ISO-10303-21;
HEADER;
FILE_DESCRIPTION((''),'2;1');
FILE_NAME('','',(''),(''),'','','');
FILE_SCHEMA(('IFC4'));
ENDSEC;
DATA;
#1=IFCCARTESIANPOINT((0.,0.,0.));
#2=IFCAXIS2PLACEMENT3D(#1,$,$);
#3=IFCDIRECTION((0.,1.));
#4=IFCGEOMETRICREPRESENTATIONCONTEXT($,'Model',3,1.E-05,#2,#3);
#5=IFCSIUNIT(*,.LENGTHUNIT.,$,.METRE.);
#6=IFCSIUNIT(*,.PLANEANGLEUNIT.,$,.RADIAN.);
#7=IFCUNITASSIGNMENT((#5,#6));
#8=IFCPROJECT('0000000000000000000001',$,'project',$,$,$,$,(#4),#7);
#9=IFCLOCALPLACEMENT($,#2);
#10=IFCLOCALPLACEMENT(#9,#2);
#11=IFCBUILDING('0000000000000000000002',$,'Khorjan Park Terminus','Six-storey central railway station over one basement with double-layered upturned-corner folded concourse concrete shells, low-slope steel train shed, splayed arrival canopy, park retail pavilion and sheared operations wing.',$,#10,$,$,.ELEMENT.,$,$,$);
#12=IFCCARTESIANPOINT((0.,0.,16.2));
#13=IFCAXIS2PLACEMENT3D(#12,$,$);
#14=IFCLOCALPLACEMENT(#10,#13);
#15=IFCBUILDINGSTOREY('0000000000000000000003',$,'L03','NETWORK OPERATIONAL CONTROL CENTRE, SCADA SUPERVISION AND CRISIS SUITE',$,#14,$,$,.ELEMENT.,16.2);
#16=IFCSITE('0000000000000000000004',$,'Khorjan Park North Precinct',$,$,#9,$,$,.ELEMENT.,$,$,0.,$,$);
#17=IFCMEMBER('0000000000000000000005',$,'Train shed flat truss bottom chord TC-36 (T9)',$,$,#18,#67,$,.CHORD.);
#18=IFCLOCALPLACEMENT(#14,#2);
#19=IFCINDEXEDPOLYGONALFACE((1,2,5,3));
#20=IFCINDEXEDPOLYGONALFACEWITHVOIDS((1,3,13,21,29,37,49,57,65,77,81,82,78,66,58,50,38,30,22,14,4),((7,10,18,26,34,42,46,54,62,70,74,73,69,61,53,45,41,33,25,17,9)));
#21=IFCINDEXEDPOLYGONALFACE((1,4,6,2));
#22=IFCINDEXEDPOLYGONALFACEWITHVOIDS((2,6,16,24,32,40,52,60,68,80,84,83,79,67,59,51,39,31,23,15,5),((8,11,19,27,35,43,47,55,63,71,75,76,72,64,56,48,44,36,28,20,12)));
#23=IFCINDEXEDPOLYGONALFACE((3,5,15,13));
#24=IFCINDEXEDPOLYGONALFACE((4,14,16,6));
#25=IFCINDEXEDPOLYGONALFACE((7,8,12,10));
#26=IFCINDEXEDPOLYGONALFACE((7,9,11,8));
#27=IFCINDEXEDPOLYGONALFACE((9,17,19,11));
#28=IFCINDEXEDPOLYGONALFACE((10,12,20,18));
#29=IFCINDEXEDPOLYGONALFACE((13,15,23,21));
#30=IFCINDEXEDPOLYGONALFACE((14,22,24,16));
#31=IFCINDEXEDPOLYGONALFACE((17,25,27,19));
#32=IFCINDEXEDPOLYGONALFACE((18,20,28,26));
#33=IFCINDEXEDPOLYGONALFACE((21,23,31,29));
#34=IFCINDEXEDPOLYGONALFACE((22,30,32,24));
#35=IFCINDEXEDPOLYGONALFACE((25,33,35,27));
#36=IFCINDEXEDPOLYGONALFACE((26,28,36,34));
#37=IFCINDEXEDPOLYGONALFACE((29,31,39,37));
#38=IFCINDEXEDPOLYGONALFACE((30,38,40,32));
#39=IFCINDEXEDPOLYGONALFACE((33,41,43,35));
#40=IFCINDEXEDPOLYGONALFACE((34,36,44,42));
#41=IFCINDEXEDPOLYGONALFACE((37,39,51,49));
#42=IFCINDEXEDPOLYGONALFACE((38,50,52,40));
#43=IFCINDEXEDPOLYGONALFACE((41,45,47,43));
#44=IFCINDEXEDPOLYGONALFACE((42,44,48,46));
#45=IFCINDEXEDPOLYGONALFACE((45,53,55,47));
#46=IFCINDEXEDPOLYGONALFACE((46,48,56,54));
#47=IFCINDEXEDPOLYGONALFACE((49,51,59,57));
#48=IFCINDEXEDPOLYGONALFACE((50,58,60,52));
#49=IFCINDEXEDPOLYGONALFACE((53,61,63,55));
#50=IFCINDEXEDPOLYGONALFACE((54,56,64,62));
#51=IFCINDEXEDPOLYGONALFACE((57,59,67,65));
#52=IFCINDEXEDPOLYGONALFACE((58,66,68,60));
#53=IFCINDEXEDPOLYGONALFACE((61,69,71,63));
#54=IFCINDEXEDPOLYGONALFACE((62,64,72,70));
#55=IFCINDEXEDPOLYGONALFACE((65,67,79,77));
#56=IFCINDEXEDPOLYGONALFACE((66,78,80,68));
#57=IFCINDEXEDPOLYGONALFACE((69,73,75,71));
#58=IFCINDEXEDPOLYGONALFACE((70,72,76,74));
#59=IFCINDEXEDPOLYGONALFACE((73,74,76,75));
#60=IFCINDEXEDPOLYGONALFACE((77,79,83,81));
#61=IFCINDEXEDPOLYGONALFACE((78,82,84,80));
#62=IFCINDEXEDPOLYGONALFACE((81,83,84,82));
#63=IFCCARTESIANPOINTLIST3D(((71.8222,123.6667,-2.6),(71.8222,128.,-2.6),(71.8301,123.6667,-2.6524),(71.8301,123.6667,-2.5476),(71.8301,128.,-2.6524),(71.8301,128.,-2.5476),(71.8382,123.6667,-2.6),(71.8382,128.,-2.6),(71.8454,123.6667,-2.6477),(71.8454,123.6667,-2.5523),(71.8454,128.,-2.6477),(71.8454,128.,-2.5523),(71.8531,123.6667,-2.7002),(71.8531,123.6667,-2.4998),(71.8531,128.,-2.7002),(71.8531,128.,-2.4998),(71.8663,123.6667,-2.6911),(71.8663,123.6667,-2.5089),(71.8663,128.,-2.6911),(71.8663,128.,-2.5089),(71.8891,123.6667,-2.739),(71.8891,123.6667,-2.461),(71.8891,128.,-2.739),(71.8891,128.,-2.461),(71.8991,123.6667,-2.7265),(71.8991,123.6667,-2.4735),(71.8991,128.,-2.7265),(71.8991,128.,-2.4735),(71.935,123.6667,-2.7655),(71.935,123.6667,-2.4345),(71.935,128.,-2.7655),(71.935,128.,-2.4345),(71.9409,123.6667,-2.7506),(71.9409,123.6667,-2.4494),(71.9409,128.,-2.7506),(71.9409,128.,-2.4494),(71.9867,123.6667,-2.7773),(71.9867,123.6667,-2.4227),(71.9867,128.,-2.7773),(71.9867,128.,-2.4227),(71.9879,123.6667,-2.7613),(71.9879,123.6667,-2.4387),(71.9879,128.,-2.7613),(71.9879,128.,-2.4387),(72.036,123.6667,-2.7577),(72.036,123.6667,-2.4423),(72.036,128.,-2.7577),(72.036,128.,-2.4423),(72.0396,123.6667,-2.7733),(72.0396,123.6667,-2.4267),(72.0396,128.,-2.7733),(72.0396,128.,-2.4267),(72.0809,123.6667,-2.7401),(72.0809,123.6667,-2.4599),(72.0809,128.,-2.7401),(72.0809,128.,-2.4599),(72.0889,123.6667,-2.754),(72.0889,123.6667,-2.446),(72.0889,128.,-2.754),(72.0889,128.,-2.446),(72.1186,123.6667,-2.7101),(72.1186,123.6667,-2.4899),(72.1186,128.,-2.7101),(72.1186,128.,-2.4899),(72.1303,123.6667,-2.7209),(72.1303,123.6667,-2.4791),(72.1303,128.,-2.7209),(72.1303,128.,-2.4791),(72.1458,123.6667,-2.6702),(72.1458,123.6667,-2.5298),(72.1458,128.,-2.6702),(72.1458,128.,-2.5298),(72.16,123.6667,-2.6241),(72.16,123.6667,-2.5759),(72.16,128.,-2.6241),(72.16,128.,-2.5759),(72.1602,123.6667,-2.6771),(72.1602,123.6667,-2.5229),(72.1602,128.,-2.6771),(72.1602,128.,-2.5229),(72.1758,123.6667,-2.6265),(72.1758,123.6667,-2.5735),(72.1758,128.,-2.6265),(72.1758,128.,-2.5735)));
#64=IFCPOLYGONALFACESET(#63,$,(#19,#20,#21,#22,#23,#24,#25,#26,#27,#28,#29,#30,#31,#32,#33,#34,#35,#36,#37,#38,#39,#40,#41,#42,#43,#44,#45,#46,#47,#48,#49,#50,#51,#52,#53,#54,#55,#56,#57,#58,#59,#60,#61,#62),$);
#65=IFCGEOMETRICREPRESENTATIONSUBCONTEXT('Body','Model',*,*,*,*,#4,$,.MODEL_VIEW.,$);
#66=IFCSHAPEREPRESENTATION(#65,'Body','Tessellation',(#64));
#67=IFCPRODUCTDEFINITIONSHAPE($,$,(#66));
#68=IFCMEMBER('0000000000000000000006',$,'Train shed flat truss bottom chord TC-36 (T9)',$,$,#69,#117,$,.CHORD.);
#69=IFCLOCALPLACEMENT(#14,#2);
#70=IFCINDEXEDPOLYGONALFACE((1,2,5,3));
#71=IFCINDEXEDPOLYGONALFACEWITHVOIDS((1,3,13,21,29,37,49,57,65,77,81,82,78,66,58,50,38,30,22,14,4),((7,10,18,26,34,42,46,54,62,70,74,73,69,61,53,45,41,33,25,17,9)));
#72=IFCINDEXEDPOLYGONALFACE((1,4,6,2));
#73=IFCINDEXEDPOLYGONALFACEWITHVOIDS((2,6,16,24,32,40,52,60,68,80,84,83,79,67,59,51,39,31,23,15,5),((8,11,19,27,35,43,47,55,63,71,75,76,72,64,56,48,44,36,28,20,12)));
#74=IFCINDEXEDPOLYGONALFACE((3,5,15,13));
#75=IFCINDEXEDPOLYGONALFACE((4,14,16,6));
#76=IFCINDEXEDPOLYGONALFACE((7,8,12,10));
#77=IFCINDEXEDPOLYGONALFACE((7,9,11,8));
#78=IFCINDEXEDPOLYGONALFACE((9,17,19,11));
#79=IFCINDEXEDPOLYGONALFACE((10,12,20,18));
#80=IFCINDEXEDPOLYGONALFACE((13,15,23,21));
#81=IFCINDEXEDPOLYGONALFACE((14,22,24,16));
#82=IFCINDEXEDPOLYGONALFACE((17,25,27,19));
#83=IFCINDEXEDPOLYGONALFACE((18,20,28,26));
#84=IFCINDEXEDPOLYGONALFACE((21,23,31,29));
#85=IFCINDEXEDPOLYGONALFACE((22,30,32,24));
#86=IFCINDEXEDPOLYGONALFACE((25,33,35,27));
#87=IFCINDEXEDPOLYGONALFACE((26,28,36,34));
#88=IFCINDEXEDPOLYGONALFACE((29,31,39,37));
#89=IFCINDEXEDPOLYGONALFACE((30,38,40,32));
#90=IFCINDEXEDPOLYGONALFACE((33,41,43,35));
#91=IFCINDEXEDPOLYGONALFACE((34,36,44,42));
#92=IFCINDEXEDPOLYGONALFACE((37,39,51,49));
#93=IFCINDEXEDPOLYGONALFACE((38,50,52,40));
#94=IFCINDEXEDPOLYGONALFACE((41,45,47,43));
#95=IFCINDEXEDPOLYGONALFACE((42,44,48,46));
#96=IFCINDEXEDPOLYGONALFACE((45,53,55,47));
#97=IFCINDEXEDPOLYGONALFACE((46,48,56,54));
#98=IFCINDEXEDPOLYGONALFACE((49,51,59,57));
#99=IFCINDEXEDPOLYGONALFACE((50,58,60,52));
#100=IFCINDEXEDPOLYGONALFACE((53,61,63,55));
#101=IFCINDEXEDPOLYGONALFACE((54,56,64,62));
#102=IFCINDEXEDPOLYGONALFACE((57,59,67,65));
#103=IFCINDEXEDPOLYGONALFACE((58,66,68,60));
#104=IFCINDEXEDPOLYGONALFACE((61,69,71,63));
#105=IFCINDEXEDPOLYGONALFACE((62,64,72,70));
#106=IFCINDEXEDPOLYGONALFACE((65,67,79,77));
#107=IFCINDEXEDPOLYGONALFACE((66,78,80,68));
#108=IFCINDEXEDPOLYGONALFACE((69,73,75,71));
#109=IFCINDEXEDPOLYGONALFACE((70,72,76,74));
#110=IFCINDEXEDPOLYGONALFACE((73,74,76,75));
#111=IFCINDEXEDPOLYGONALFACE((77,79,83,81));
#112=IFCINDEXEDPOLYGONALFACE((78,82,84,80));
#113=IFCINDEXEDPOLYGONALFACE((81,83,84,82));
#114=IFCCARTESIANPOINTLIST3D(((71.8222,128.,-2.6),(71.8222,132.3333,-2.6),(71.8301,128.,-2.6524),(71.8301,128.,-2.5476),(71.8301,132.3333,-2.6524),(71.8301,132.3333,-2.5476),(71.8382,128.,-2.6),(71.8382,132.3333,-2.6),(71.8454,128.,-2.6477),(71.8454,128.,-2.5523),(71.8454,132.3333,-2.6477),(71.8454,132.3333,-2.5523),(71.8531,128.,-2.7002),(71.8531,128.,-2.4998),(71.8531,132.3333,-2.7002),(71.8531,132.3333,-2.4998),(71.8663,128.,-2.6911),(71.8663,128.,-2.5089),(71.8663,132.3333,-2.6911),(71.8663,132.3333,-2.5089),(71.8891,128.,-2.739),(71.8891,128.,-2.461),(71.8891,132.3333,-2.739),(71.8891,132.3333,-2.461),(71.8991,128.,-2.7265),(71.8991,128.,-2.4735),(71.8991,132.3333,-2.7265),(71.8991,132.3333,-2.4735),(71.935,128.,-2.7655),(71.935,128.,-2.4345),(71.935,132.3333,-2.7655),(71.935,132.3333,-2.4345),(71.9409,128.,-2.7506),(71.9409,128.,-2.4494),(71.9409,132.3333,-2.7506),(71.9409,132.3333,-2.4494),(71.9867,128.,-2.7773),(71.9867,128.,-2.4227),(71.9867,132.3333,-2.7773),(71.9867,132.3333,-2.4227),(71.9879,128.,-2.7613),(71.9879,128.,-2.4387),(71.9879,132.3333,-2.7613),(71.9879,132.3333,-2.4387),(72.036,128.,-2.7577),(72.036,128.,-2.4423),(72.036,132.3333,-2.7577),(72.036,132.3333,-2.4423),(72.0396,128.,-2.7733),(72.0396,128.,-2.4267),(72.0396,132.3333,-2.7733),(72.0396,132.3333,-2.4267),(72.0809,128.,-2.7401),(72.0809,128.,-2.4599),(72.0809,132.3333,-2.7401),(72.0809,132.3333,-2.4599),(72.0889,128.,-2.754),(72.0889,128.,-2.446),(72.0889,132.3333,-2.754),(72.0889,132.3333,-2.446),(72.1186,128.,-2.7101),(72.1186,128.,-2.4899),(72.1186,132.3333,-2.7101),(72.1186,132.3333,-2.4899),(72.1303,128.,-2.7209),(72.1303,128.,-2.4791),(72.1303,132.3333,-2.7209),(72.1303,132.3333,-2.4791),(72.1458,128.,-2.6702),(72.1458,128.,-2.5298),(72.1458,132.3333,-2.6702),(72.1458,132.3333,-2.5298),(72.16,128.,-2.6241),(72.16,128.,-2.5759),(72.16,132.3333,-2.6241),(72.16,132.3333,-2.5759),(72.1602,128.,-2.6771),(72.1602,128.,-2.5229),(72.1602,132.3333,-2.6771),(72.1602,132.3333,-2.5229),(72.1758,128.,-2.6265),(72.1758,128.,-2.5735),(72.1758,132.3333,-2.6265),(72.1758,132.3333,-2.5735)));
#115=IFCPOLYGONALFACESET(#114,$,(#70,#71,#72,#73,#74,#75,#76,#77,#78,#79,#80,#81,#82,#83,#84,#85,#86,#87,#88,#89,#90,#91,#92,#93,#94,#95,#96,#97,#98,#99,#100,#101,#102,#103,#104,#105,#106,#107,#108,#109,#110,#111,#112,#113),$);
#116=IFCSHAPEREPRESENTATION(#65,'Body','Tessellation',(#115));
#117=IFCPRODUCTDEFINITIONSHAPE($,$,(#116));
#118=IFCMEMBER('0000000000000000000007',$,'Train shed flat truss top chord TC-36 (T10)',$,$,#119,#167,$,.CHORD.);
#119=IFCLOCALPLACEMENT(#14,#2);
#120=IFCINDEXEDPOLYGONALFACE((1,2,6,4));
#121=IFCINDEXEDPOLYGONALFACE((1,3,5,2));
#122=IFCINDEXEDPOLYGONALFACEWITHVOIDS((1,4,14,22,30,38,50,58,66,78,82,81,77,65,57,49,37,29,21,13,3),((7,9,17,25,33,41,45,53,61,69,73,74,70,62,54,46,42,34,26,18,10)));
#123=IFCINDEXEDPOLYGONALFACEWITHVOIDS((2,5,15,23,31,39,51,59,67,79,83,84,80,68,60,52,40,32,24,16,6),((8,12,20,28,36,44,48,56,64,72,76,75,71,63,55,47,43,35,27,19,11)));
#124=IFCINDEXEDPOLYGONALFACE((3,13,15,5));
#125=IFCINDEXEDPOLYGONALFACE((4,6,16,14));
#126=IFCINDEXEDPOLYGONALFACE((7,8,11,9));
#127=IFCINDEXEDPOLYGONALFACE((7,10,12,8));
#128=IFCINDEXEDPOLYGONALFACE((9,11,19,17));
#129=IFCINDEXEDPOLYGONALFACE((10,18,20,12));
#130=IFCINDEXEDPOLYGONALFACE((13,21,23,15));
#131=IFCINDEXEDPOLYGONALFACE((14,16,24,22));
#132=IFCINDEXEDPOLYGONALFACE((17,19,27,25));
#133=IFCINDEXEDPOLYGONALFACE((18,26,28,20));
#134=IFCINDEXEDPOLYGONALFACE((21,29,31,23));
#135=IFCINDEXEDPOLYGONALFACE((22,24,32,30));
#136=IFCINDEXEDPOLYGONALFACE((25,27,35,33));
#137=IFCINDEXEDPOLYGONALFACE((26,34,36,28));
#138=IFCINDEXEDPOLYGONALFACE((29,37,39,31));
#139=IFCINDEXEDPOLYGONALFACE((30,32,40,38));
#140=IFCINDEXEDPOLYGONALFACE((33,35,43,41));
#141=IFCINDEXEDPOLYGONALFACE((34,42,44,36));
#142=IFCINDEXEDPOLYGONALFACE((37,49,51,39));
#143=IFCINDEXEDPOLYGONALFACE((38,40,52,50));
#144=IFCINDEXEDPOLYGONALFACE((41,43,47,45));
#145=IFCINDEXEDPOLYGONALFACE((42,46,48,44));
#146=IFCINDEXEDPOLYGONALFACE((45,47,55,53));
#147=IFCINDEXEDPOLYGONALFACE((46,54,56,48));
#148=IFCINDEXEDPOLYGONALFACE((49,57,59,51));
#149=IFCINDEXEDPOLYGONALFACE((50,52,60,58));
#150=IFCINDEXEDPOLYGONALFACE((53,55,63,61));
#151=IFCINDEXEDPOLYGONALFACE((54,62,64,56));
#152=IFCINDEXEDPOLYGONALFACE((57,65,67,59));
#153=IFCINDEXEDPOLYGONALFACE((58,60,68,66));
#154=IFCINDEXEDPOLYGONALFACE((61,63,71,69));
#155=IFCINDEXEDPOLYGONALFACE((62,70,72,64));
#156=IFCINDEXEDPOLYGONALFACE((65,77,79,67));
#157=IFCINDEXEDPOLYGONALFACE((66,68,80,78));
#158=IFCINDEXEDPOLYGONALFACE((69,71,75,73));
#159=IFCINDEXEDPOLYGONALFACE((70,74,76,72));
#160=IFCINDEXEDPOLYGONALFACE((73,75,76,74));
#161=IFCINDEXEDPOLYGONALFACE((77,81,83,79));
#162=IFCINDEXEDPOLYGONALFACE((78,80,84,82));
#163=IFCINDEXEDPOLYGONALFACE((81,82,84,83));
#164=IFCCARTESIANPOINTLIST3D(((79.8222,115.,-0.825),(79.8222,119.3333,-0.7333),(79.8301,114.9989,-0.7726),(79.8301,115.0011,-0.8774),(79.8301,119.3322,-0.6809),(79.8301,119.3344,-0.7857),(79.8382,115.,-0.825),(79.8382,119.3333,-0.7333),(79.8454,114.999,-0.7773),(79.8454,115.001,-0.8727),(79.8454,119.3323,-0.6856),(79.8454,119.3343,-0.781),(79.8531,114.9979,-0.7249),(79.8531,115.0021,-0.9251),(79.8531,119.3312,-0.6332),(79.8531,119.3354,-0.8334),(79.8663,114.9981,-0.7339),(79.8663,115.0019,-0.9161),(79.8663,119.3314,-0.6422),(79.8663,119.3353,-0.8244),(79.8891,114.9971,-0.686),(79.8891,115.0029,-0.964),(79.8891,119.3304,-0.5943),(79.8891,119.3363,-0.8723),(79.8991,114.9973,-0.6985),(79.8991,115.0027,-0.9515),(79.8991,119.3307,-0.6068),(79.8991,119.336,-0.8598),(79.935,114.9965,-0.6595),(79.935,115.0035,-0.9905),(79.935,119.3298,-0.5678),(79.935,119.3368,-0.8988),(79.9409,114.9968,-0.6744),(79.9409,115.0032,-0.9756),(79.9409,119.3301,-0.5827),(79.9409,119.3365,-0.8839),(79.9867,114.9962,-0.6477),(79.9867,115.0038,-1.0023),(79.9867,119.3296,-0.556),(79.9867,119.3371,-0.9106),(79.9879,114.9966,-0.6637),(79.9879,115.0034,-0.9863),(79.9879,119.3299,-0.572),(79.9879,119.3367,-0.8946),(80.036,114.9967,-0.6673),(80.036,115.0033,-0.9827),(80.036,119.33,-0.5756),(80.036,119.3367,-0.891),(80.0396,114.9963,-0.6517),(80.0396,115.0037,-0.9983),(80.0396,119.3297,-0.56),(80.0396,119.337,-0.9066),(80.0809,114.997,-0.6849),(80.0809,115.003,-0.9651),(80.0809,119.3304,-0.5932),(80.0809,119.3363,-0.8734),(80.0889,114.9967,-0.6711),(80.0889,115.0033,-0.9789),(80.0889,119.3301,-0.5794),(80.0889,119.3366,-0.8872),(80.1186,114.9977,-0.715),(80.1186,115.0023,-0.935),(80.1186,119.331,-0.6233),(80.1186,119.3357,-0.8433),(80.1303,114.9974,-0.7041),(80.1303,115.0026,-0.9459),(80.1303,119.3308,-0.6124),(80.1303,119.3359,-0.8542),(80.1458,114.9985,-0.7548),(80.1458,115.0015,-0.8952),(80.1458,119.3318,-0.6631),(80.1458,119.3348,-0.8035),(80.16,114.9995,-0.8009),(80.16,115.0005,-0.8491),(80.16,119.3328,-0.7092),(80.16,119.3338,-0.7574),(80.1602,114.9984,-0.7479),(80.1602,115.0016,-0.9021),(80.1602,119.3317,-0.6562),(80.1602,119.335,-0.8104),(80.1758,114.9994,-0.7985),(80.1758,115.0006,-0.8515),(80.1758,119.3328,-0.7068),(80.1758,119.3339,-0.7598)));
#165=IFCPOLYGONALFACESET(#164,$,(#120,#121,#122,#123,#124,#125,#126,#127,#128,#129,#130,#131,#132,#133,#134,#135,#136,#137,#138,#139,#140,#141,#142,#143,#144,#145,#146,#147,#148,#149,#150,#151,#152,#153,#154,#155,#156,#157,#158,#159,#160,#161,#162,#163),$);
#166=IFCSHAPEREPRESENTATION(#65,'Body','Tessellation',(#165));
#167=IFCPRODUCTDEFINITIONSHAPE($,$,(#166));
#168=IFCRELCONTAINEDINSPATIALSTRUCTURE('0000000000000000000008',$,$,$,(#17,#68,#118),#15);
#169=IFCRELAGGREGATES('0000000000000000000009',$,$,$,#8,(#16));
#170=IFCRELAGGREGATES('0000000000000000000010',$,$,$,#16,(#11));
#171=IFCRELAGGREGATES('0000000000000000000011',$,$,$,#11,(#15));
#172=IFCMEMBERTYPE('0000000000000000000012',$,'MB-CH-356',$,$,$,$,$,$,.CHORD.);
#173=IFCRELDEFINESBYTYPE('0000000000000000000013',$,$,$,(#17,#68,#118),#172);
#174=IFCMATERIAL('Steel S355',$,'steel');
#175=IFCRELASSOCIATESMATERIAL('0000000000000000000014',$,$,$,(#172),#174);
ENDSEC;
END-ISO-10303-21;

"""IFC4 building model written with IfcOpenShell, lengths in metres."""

from ifc_helpers import new_model, si_unit, direction, frame, origin, origin_2d, place, context, subcontext, project, spatial, hollow_circle, extrude, material, material_profile, profile_set, type_object, element, save


model = new_model("IFC4")

# Units and contexts
model_context = context("Model", 3, precision=1e-05, world=origin(), true_north=direction((0.0, 1.0)))
body_context = subcontext(model_context, "Body", "Model", "MODEL_VIEW")
ifc_project = project(units=[si_unit("LENGTHUNIT", "METRE"), si_unit("PLANEANGLEUNIT", "RADIAN")], contexts=[model_context])

# Site, building, storey
site_placement = place(None, origin())
site = spatial("IfcSite", under=ifc_project, at=site_placement, Name="Khorjan Park North Precinct", CompositionType="ELEMENT", RefElevation=0.0)
building_placement = place(site_placement, origin())
building = spatial("IfcBuilding", under=site, at=building_placement, Name="Khorjan Park Terminus", Description="Six-storey central railway station over one basement with double-layered upturned-corner folded concourse concrete shells, low-slope steel train shed, splayed arrival canopy, park retail pavilion and sheared operations wing.", CompositionType="ELEMENT")
storey_placement = place(building_placement, frame((0.0, 0.0, 16.2)))
storey = spatial("IfcBuildingStorey", under=building, at=storey_placement, Name="L03", Description="NETWORK OPERATIONAL CONTROL CENTRE, SCADA SUPERVISION AND CRISIS SUITE", CompositionType="ELEMENT", Elevation=16.2)

# Members
ifc_material = material(Name="Steel S355", Category="steel")
ifc_material_profile_1 = material_profile(ifc_material, hollow_circle(Radius=0.1778, WallThickness=0.016, at=origin_2d()), Name="CHS 355.6x16")
ifc_profile_set_1 = profile_set([ifc_material_profile_1], Name="Steel S355")
member_type_1 = type_object("IfcMemberType", Name="MB-CH-356", PredefinedType="CHORD", material=ifc_profile_set_1)
for number, where, z_axis, x_axis, name in (
    (1, (72.0, 123.6667, -2.6), (0.0, 1.0, 0.0), (-1.0, 0.0, 0.0), "Train shed flat truss bottom chord TC-36 (T9)"),
    (2, (72.0, 128.0, -2.6), (0.0, 1.0, 0.0), (-1.0, 0.0, 0.0), "Train shed flat truss bottom chord TC-36 (T9)"),
):
    element("IfcMember", number, at=place(storey_placement, frame(where, z_axis=z_axis, x_axis=x_axis)), inside=storey, type_object=member_type_1, Name=name, PredefinedType="CHORD", context=body_context, shape_type="SweptSolid", body=[
        extrude(hollow_circle(Radius=0.1778, WallThickness=0.016, at=origin_2d()), origin(), (0.0, 0.0, 1.0), 4.3333),
    ])
member_1_placement = place(storey_placement, frame((80.0, 115.0, -0.825), z_axis=(0.0, 0.999776, 0.021157), x_axis=(-1.0, 0.0, 0.0)))
element("IfcMember", 3, at=member_1_placement, inside=storey, type_object=member_type_1, Name="Train shed flat truss top chord TC-36 (T10)", PredefinedType="CHORD", context=body_context, shape_type="SweptSolid", body=[
    extrude(hollow_circle(Radius=0.1778, WallThickness=0.016, at=origin_2d()), origin(), (0.0, 0.0, 1.0), 4.3343),
])

save(model, "model.ifc")
